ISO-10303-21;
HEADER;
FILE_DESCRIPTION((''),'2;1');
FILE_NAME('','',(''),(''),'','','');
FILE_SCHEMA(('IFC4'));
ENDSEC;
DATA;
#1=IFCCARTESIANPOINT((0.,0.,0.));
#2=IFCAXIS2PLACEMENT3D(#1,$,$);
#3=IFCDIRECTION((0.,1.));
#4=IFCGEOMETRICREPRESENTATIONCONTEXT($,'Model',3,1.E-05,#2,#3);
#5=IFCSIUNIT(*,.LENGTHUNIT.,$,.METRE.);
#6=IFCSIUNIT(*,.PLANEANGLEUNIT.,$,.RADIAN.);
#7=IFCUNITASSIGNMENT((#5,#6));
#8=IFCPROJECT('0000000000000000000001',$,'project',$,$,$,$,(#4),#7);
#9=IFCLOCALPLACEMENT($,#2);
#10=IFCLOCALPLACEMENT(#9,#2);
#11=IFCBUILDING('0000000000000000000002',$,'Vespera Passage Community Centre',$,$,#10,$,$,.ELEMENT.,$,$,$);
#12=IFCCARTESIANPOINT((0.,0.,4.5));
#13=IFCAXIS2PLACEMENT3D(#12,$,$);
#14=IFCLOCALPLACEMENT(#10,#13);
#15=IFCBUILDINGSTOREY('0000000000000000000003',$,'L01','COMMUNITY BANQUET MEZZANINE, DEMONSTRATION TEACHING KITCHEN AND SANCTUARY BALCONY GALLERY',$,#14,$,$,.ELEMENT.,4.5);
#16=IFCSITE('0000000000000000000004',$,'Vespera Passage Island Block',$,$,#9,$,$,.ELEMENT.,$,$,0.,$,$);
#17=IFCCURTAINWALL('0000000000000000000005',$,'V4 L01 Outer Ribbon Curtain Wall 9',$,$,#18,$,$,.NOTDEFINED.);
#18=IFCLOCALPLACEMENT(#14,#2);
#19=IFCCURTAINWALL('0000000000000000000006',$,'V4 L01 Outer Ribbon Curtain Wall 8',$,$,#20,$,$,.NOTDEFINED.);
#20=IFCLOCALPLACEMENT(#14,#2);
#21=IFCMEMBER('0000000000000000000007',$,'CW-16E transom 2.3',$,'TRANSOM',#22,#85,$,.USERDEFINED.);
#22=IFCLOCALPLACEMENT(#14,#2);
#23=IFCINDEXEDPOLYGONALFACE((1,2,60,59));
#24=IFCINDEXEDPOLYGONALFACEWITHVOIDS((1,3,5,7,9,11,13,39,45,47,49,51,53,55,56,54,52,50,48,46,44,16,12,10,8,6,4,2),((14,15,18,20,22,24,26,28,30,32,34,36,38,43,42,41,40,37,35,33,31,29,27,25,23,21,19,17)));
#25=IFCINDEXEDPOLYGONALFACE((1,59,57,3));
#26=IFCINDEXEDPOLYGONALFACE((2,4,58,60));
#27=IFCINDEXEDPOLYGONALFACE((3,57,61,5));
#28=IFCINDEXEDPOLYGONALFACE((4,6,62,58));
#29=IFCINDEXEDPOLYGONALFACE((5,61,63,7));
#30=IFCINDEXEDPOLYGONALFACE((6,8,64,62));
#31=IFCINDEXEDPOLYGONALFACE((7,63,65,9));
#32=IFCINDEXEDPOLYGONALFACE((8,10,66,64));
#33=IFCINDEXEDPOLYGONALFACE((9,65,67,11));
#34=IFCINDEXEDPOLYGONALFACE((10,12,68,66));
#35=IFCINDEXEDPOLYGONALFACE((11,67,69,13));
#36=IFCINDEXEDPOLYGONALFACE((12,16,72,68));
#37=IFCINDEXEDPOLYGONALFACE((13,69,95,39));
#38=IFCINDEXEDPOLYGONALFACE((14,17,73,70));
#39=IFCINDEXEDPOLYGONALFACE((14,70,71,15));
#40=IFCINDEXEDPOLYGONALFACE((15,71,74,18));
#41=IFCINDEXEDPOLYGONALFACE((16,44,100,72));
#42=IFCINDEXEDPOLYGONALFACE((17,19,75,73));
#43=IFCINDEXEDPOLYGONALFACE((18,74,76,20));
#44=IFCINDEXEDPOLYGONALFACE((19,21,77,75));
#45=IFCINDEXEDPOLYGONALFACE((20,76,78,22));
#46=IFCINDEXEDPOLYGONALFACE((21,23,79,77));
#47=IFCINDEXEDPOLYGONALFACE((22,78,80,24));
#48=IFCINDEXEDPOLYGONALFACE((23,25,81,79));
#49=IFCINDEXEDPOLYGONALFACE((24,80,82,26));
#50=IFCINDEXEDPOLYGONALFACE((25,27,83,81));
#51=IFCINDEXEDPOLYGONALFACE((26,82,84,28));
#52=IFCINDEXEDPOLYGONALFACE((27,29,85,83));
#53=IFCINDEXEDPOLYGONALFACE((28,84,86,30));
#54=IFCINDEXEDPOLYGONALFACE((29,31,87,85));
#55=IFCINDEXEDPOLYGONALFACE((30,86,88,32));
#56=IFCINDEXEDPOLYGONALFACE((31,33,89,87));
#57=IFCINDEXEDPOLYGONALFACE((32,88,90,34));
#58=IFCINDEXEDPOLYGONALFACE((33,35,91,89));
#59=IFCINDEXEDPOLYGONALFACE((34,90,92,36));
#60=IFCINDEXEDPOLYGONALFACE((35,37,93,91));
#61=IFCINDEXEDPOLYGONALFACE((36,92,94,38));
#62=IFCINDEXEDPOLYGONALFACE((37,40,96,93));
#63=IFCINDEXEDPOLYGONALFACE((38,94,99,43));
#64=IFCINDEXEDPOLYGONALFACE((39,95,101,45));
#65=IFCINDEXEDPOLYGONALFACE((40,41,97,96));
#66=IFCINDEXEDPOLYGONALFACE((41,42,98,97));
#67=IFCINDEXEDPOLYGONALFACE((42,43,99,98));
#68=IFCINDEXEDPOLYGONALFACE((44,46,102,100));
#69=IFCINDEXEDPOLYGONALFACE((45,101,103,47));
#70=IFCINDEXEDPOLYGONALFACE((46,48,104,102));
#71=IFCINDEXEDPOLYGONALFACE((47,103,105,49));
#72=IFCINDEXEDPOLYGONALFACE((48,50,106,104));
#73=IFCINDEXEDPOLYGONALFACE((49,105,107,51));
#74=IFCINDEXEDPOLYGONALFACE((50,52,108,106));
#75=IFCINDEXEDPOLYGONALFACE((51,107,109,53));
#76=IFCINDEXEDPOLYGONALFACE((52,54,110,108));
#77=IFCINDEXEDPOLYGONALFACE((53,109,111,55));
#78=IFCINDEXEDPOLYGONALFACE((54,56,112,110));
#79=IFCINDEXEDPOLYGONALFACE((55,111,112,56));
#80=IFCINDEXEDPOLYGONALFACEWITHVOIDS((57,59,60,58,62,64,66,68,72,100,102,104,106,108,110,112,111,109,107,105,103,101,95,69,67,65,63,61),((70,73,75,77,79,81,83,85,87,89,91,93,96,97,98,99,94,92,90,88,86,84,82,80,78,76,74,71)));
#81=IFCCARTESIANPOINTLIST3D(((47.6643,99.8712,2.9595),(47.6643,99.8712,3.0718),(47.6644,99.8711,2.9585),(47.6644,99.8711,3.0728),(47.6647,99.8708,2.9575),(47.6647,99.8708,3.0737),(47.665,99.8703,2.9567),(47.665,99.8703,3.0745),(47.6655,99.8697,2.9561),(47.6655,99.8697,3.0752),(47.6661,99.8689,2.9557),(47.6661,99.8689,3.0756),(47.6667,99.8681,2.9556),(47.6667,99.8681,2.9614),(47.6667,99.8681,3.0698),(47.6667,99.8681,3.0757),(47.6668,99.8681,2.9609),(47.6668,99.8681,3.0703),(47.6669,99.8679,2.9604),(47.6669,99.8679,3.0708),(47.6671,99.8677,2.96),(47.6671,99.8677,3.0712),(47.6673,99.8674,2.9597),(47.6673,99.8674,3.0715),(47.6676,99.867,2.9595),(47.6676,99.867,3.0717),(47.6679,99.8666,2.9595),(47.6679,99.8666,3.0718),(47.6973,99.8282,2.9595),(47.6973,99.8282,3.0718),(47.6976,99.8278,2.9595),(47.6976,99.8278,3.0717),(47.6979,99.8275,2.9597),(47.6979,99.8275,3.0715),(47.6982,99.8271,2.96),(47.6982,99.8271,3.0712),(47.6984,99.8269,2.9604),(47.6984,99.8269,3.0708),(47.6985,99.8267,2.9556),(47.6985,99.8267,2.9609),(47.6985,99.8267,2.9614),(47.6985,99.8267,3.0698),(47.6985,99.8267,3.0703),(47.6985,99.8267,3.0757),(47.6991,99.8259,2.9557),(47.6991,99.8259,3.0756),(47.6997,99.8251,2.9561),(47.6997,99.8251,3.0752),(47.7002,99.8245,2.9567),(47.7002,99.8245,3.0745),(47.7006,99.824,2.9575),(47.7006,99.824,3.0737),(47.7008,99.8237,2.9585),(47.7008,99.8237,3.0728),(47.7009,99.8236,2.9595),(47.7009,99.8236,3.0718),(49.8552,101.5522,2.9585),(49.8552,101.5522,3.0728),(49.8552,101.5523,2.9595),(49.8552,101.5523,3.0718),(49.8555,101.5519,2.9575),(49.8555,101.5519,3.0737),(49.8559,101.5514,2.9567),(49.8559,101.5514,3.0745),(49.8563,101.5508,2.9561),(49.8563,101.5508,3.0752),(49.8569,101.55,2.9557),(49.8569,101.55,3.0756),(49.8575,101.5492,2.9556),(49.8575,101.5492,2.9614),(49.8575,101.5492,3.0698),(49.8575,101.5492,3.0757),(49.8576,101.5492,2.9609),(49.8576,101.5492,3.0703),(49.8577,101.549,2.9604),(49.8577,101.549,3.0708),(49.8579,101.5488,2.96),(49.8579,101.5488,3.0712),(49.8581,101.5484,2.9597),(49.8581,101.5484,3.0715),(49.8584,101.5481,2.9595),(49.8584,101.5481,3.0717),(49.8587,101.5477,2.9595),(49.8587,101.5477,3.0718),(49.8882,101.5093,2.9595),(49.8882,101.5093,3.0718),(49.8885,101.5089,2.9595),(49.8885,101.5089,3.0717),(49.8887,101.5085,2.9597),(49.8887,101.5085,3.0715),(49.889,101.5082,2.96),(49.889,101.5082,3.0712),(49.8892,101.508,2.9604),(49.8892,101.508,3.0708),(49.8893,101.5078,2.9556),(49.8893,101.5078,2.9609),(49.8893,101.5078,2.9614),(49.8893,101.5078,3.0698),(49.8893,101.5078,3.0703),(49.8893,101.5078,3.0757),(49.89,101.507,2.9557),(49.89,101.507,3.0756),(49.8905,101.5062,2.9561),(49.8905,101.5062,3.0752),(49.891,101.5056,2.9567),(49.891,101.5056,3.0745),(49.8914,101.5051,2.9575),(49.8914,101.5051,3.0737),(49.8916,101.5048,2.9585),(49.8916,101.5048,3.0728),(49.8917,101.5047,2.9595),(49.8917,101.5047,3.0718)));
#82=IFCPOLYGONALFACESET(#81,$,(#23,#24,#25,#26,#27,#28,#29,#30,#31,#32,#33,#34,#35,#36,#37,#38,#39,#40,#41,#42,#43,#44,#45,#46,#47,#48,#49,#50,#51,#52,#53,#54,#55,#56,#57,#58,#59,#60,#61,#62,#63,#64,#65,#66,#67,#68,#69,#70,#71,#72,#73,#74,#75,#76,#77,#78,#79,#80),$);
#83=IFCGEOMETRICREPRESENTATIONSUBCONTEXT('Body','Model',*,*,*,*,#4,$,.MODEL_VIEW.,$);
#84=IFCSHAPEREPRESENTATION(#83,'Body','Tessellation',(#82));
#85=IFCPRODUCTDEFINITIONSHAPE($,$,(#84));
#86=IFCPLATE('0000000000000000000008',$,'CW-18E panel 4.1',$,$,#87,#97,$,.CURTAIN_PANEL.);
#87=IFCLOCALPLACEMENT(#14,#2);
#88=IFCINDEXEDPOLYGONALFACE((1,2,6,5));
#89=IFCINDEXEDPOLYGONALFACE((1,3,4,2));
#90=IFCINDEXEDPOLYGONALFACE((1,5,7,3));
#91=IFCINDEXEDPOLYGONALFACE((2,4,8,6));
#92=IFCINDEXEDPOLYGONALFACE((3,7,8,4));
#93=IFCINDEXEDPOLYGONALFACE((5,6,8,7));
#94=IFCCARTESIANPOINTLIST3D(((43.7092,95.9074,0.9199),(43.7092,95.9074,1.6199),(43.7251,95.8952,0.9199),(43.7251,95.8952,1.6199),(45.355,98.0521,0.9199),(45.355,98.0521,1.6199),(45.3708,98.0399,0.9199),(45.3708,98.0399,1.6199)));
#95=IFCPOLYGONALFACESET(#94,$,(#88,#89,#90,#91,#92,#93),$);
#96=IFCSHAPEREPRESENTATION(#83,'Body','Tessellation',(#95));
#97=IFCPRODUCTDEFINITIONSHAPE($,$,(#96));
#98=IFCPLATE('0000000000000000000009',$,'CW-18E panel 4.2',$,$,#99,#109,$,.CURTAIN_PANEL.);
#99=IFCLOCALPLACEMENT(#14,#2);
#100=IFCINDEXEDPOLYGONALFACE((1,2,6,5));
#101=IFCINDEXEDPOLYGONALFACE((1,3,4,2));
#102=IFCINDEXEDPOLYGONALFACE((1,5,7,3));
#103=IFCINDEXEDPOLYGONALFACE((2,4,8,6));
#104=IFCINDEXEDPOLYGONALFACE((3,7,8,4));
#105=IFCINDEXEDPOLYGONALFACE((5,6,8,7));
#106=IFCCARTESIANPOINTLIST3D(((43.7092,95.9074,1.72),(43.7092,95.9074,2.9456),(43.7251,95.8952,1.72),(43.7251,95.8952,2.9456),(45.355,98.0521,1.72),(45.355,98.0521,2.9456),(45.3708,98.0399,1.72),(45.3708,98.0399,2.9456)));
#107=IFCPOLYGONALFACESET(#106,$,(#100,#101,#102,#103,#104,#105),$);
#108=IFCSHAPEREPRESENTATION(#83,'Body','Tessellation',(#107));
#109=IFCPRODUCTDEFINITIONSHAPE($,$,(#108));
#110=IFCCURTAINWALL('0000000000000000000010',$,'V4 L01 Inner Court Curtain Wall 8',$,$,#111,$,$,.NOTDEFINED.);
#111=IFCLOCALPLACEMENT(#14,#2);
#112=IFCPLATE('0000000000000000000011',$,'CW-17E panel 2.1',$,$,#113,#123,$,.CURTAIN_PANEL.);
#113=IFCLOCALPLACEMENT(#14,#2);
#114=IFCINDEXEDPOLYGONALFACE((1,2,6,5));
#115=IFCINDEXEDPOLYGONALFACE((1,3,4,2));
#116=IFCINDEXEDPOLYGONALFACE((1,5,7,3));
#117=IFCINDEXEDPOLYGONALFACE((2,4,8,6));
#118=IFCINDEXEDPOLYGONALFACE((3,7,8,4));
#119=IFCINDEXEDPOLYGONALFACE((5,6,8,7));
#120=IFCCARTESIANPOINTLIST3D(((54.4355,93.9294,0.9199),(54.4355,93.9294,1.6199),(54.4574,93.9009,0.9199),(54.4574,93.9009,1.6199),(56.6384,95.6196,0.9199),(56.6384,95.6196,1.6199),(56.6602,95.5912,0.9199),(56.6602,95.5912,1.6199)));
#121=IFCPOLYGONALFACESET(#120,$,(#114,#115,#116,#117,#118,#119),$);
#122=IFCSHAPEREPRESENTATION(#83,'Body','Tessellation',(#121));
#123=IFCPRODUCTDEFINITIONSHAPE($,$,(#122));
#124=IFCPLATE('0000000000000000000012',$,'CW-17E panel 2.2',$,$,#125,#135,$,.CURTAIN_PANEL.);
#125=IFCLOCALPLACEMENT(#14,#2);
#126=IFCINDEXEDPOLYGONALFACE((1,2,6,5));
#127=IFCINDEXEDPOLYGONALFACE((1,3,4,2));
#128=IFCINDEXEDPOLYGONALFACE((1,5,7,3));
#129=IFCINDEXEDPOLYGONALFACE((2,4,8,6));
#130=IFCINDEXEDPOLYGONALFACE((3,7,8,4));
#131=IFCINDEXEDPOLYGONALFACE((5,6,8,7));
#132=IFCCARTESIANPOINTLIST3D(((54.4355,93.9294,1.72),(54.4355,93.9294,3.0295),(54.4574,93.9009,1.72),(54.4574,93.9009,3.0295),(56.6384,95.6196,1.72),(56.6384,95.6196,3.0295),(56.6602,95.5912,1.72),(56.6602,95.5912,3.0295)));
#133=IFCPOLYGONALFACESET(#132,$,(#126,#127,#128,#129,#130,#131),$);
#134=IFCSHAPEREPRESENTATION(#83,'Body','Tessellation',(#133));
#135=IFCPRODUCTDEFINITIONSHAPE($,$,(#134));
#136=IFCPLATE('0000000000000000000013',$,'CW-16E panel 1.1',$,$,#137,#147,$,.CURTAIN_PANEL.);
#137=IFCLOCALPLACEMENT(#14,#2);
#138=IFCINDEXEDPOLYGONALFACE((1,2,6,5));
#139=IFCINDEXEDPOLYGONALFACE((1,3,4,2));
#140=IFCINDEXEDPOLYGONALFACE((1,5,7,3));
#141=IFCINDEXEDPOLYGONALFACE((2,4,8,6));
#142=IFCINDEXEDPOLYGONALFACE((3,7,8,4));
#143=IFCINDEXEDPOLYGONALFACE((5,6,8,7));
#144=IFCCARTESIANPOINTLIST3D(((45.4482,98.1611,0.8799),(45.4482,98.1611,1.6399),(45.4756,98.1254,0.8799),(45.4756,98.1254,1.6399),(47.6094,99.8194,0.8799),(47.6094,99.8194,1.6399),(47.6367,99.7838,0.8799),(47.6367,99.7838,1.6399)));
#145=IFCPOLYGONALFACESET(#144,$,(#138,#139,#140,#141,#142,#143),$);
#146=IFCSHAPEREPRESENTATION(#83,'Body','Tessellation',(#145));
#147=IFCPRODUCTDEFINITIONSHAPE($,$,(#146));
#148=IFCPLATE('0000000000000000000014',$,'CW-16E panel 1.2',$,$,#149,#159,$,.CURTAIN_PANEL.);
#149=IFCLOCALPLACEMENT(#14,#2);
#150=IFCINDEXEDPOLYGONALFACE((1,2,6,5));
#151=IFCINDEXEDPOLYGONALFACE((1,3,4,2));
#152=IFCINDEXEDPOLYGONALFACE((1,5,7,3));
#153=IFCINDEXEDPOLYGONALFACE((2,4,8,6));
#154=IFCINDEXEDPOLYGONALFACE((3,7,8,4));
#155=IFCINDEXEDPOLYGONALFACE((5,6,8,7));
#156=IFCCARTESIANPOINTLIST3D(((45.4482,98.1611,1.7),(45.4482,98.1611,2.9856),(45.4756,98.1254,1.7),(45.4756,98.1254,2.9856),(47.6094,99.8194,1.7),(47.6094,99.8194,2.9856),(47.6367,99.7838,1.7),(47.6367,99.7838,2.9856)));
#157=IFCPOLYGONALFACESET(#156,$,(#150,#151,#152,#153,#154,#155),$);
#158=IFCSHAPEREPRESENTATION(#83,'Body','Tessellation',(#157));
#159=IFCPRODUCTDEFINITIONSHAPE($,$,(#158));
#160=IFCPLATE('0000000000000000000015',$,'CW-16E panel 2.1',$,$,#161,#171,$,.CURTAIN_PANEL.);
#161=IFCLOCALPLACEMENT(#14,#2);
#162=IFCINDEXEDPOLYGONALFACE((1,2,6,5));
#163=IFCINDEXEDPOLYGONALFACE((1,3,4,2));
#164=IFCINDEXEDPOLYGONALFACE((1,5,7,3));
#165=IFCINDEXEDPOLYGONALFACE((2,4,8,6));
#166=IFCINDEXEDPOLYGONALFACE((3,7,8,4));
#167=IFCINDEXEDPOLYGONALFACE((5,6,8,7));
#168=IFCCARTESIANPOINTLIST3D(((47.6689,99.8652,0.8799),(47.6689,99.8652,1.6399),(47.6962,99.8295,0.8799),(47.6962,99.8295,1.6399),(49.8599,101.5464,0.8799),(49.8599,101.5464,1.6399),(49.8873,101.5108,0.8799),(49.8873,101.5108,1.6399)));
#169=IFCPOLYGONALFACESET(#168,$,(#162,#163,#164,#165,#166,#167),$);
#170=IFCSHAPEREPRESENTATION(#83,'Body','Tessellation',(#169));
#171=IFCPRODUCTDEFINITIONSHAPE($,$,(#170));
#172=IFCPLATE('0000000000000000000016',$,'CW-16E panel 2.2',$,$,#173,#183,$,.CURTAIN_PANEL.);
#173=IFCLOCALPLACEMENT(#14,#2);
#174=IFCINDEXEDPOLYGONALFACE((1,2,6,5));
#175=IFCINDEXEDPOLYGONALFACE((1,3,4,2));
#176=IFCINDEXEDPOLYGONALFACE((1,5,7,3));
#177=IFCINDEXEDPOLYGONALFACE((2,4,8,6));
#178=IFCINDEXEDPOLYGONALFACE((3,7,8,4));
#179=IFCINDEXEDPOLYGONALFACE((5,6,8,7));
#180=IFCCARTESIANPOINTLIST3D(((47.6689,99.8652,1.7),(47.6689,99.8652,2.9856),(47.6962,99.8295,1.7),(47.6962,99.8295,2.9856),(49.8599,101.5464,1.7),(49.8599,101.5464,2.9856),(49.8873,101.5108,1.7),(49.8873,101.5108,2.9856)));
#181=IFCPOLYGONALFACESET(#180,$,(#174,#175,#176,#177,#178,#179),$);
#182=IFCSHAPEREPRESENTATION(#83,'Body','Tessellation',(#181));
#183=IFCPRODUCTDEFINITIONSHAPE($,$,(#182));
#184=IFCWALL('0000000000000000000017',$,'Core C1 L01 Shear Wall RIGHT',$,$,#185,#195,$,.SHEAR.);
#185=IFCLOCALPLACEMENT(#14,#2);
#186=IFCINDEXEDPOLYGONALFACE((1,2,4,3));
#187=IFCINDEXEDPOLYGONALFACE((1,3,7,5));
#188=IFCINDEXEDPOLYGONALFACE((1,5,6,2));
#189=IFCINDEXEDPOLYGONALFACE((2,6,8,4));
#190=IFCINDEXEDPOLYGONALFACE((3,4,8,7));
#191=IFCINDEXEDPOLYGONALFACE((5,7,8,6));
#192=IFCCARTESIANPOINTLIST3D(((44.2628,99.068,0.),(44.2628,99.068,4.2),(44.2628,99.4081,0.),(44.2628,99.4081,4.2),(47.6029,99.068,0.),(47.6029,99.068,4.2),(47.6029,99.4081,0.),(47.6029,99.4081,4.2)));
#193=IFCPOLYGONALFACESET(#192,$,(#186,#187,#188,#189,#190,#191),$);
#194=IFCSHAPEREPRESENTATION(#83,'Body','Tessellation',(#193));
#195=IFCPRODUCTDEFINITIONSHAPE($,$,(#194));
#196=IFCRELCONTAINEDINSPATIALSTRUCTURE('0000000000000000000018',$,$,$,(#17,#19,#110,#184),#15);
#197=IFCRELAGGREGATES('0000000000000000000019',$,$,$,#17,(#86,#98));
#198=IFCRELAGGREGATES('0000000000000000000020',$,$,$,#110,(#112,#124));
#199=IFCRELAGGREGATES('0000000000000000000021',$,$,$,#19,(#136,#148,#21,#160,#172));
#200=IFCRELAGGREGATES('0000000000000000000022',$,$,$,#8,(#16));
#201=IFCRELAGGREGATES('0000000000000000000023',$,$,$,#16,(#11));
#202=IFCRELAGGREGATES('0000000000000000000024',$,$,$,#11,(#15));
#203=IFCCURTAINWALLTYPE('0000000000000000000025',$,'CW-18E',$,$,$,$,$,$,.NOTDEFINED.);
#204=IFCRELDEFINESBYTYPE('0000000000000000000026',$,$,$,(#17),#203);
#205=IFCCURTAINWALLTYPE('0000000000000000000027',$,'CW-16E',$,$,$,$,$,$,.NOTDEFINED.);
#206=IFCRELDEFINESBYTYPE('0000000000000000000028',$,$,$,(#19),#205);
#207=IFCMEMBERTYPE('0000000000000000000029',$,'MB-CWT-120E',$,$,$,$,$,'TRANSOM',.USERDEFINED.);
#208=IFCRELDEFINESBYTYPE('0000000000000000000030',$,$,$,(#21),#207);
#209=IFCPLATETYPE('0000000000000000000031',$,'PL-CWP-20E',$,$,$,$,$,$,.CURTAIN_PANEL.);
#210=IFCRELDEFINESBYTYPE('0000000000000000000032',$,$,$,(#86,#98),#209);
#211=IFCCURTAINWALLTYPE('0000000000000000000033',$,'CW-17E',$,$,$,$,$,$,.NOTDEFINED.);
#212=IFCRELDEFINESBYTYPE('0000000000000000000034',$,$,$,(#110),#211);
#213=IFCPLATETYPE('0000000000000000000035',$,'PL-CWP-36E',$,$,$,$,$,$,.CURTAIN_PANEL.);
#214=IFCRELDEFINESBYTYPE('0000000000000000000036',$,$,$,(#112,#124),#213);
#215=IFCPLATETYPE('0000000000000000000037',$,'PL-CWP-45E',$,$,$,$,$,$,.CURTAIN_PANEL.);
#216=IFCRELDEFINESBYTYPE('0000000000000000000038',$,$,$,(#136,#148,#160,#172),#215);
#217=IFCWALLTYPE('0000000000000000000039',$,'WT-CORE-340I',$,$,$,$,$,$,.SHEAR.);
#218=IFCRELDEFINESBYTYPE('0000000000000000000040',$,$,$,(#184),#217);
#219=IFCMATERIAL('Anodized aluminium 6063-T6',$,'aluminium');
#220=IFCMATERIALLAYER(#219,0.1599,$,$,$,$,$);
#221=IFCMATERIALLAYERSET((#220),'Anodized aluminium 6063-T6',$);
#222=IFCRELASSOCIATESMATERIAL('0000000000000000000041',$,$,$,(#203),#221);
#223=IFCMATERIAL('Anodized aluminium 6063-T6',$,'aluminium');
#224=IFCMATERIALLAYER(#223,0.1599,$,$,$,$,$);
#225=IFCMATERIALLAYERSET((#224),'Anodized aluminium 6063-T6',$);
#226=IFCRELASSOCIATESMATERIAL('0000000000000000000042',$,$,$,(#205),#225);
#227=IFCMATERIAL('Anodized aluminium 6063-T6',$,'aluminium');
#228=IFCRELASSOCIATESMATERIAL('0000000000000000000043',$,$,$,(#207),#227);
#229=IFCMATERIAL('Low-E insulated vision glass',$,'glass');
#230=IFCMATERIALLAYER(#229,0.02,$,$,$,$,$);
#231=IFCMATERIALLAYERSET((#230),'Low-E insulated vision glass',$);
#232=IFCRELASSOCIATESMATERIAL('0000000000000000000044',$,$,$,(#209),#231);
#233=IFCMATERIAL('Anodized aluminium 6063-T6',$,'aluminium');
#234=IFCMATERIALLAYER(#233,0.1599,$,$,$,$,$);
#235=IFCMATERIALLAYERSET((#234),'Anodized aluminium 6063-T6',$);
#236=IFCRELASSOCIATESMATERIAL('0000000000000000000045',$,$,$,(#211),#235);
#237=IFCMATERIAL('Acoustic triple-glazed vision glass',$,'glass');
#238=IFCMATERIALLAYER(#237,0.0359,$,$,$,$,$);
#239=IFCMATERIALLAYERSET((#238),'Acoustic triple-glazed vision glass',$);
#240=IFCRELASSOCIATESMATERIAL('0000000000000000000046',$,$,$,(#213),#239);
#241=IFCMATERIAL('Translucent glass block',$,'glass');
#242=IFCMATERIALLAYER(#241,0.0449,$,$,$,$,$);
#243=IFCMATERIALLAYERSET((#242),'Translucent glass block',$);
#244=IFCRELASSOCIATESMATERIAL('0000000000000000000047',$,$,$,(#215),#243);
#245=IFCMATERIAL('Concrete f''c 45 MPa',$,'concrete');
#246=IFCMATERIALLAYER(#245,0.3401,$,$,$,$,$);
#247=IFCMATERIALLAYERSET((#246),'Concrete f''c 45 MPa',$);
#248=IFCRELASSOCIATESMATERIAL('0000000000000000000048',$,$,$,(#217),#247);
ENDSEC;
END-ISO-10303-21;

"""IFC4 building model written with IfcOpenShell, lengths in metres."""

from ifc_helpers import new_model, si_unit, direction, frame, frame_2d, origin, origin_2d, place, context, subcontext, project, spatial, rectangle, hollow_rectangle, extrude, material, layer, layer_set, material_profile, profile_set, type_object, element, aggregate, save


model = new_model("IFC4")

# Units and contexts
model_context = context("Model", 3, precision=1e-05, world=origin(), true_north=direction((0.0, 1.0)))
body_context = subcontext(model_context, "Body", "Model", "MODEL_VIEW")
ifc_project = project(units=[si_unit("LENGTHUNIT", "METRE"), si_unit("PLANEANGLEUNIT", "RADIAN")], contexts=[model_context])

# Site, building, storey
site_placement = place(None, origin())
site = spatial("IfcSite", under=ifc_project, at=site_placement, Name="Vespera Passage Island Block", CompositionType="ELEMENT", RefElevation=0.0)
building_placement = place(site_placement, origin())
building = spatial("IfcBuilding", under=site, at=building_placement, Name="Vespera Passage Community Centre", CompositionType="ELEMENT")
storey_placement = place(building_placement, frame((0.0, 0.0, 4.5)))
storey = spatial("IfcBuildingStorey", under=building, at=storey_placement, Name="L01", Description="COMMUNITY BANQUET MEZZANINE, DEMONSTRATION TEACHING KITCHEN AND SANCTUARY BALCONY GALLERY", CompositionType="ELEMENT", Elevation=4.5)

# Curtain walls
ifc_material_1 = material(Name="Anodized aluminium 6063-T6", Category="aluminium")
ifc_layer_1 = layer(ifc_material_1, 0.1599)
ifc_layer_set_1 = layer_set([ifc_layer_1], Name="Anodized aluminium 6063-T6")
curtain_wall_type_1 = type_object("IfcCurtainWallType", Name="CW-18E", PredefinedType="NOTDEFINED", material=ifc_layer_set_1)
curtain_wall_1_placement = place(storey_placement, origin())
curtain_wall_1 = element("IfcCurtainWall", 1, at=curtain_wall_1_placement, inside=storey, type_object=curtain_wall_type_1, Name="V4 L01 Outer Ribbon Curtain Wall 9", PredefinedType="NOTDEFINED")
ifc_material_2 = material(Name="Anodized aluminium 6063-T6", Category="aluminium")
ifc_layer_2 = layer(ifc_material_2, 0.1599)
ifc_layer_set_2 = layer_set([ifc_layer_2], Name="Anodized aluminium 6063-T6")
curtain_wall_type_2 = type_object("IfcCurtainWallType", Name="CW-16E", PredefinedType="NOTDEFINED", material=ifc_layer_set_2)
curtain_wall_2_placement = place(storey_placement, origin())
curtain_wall_2 = element("IfcCurtainWall", 2, at=curtain_wall_2_placement, inside=storey, type_object=curtain_wall_type_2, Name="V4 L01 Outer Ribbon Curtain Wall 8", PredefinedType="NOTDEFINED")

# Member
ifc_material_3 = material(Name="Anodized aluminium 6063-T6", Category="aluminium")
ifc_material_profile_1 = material_profile(ifc_material_3, hollow_rectangle(XDim=0.0601, YDim=0.1201, WallThickness=0.0039, InnerFilletRadius=0.002, OuterFilletRadius=0.0039, at=origin_2d()), Name="ALU120X60X4")
ifc_profile_set_1 = profile_set([ifc_material_profile_1], Name="Anodized aluminium 6063-T6")
member_type_1 = type_object("IfcMemberType", Name="MB-CWT-120E", ElementType="TRANSOM", PredefinedType="USERDEFINED", material=ifc_profile_set_1)
member_1_placement = place(storey_placement, frame((47.6826, 99.8474, 3.0156), z_axis=(0.793353, 0.608762, 0.0), x_axis=(-0.608762, 0.793353, 0.0)))
member_1 = element("IfcMember", 3, at=member_1_placement, type_object=member_type_1, Name="CW-16E transom 2.3", ObjectType="TRANSOM", PredefinedType="USERDEFINED", context=body_context, shape_type="SweptSolid", body=[
    extrude(hollow_rectangle(XDim=0.0601, YDim=0.1201, WallThickness=0.0039, InnerFilletRadius=0.002, OuterFilletRadius=0.0039, at=origin_2d()), origin(), (0.0, 0.0, 1.0), 2.7615),
])

# Plates
ifc_material_4 = material(Name="Low-E insulated vision glass", Category="glass")
ifc_layer_3 = layer(ifc_material_4, 0.02)
ifc_layer_set_3 = layer_set([ifc_layer_3], Name="Low-E insulated vision glass")
plate_type_1 = type_object("IfcPlateType", Name="PL-CWP-20E", PredefinedType="CURTAIN_PANEL", material=ifc_layer_set_3)
plate_1_placement = place(storey_placement, frame((44.54, 96.9736, 0.9199), z_axis=(0.0, 0.0, 1.0), x_axis=(0.608765, 0.79335, 0.0)))
plate_1 = element("IfcPlate", 4, at=plate_1_placement, type_object=plate_type_1, Name="CW-18E panel 4.1", PredefinedType="CURTAIN_PANEL", context=body_context, shape_type="SweptSolid", body=[
    extrude(rectangle(XDim=2.7034, YDim=0.02, at=origin_2d()), origin(), (0.0, 0.0, 1.0), 0.7),
])
plate_2_placement = place(storey_placement, frame((44.54, 96.9736, 1.72), z_axis=(0.0, 0.0, 1.0), x_axis=(0.608765, 0.79335, 0.0)))
plate_2 = element("IfcPlate", 5, at=plate_2_placement, type_object=plate_type_1, Name="CW-18E panel 4.2", PredefinedType="CURTAIN_PANEL", context=body_context, shape_type="SweptSolid", body=[
    extrude(rectangle(XDim=2.7034, YDim=0.02, at=origin_2d()), origin(), (0.0, 0.0, 1.0), 1.2256),
])
aggregate(curtain_wall_1, [plate_1, plate_2])

# Curtain wall, plates
ifc_material_5 = material(Name="Anodized aluminium 6063-T6", Category="aluminium")
ifc_layer_4 = layer(ifc_material_5, 0.1599)
ifc_layer_set_4 = layer_set([ifc_layer_4], Name="Anodized aluminium 6063-T6")
curtain_wall_type_3 = type_object("IfcCurtainWallType", Name="CW-17E", PredefinedType="NOTDEFINED", material=ifc_layer_set_4)
curtain_wall_3_placement = place(storey_placement, origin())
curtain_wall_3 = element("IfcCurtainWall", 6, at=curtain_wall_3_placement, inside=storey, type_object=curtain_wall_type_3, Name="V4 L01 Inner Court Curtain Wall 8", PredefinedType="NOTDEFINED")
ifc_material_6 = material(Name="Acoustic triple-glazed vision glass", Category="glass")
ifc_layer_5 = layer(ifc_material_6, 0.0359)
ifc_layer_set_5 = layer_set([ifc_layer_5], Name="Acoustic triple-glazed vision glass")
plate_type_2 = type_object("IfcPlateType", Name="PL-CWP-36E", PredefinedType="CURTAIN_PANEL", material=ifc_layer_set_5)
plate_3_placement = place(storey_placement, frame((55.5479, 94.7603, 0.9199), z_axis=(0.0, 0.0, 1.0), x_axis=(-0.793358, -0.608755, 0.0)))
plate_3 = element("IfcPlate", 7, at=plate_3_placement, type_object=plate_type_2, Name="CW-17E panel 2.1", PredefinedType="CURTAIN_PANEL", context=body_context, shape_type="SweptSolid", body=[
    extrude(rectangle(XDim=2.7766, YDim=0.0359, at=origin_2d()), origin(), (0.0, 0.0, 1.0), 0.7),
])
plate_4_placement = place(storey_placement, frame((55.5479, 94.7603, 1.72), z_axis=(0.0, 0.0, 1.0), x_axis=(-0.793358, -0.608755, 0.0)))
plate_4 = element("IfcPlate", 8, at=plate_4_placement, type_object=plate_type_2, Name="CW-17E panel 2.2", PredefinedType="CURTAIN_PANEL", context=body_context, shape_type="SweptSolid", body=[
    extrude(rectangle(XDim=2.7766, YDim=0.0359, at=origin_2d()), origin(), (0.0, 0.0, 1.0), 1.3096),
])
aggregate(curtain_wall_3, [plate_3, plate_4])

# Plates
ifc_material_7 = material(Name="Translucent glass block", Category="glass")
ifc_layer_6 = layer(ifc_material_7, 0.0449)
ifc_layer_set_6 = layer_set([ifc_layer_6], Name="Translucent glass block")
plate_type_3 = type_object("IfcPlateType", Name="PL-CWP-45E", PredefinedType="CURTAIN_PANEL", material=ifc_layer_set_6)
plate_5_placement = place(storey_placement, frame((46.5425, 98.9724, 0.8799), z_axis=(0.0, 0.0, 1.0), x_axis=(0.793348, 0.608768, 0.0)))
plate_5 = element("IfcPlate", 9, at=plate_5_placement, type_object=plate_type_3, Name="CW-16E panel 1.1", PredefinedType="CURTAIN_PANEL", context=body_context, shape_type="SweptSolid", body=[
    extrude(rectangle(XDim=2.7241, YDim=0.0449, at=origin_2d()), origin(), (0.0, 0.0, 1.0), 0.76),
])
plate_6_placement = place(storey_placement, frame((46.5425, 98.9724, 1.7), z_axis=(0.0, 0.0, 1.0), x_axis=(0.793348, 0.608768, 0.0)))
plate_6 = element("IfcPlate", 10, at=plate_6_placement, type_object=plate_type_3, Name="CW-16E panel 1.2", PredefinedType="CURTAIN_PANEL", context=body_context, shape_type="SweptSolid", body=[
    extrude(rectangle(XDim=2.7241, YDim=0.0449, at=origin_2d()), origin(), (0.0, 0.0, 1.0), 1.2856),
])
plate_7_placement = place(storey_placement, frame((48.7781, 100.688, 0.8799), z_axis=(0.0, 0.0, 1.0), x_axis=(0.793348, 0.608768, 0.0)))
plate_7 = element("IfcPlate", 11, at=plate_7_placement, type_object=plate_type_3, Name="CW-16E panel 2.1", PredefinedType="CURTAIN_PANEL", context=body_context, shape_type="SweptSolid", body=[
    extrude(rectangle(XDim=2.7617, YDim=0.0449, at=origin_2d()), origin(), (0.0, 0.0, 1.0), 0.76),
])
plate_8_placement = place(storey_placement, frame((48.7781, 100.688, 1.7), z_axis=(0.0, 0.0, 1.0), x_axis=(0.793348, 0.608768, 0.0)))
plate_8 = element("IfcPlate", 12, at=plate_8_placement, type_object=plate_type_3, Name="CW-16E panel 2.2", PredefinedType="CURTAIN_PANEL", context=body_context, shape_type="SweptSolid", body=[
    extrude(rectangle(XDim=2.7617, YDim=0.0449, at=origin_2d()), origin(), (0.0, 0.0, 1.0), 1.2856),
])
aggregate(curtain_wall_2, [plate_5, plate_6, member_1, plate_7, plate_8])

# Shared definitions
ifc_material_8 = material(Name="Concrete f'c 45 MPa", Category="concrete")
ifc_layer_7 = layer(ifc_material_8, 0.3401)
ifc_layer_set_7 = layer_set([ifc_layer_7], Name="Concrete f'c 45 MPa")
wall_type_1 = type_object("IfcWallType", Name="WT-CORE-340I", PredefinedType="SHEAR", material=ifc_layer_set_7)

# Wall
wall_1_placement = place(storey_placement, frame((44.2629, 99.238, 0.0), z_axis=(0.0, 0.0, 1.0), x_axis=(1.0, 0.0, 0.0)))
element("IfcWall", 13, at=wall_1_placement, inside=storey, type_object=wall_type_1, Name="Core C1 L01 Shear Wall RIGHT", PredefinedType="SHEAR", context=body_context, shape_type="SweptSolid", body=[
    extrude(rectangle(XDim=3.3401, YDim=0.3401, at=frame_2d((1.6699, 0.0))), origin(), (0.0, 0.0, 1.0), 4.2),
])

save(model, "model.ifc")
